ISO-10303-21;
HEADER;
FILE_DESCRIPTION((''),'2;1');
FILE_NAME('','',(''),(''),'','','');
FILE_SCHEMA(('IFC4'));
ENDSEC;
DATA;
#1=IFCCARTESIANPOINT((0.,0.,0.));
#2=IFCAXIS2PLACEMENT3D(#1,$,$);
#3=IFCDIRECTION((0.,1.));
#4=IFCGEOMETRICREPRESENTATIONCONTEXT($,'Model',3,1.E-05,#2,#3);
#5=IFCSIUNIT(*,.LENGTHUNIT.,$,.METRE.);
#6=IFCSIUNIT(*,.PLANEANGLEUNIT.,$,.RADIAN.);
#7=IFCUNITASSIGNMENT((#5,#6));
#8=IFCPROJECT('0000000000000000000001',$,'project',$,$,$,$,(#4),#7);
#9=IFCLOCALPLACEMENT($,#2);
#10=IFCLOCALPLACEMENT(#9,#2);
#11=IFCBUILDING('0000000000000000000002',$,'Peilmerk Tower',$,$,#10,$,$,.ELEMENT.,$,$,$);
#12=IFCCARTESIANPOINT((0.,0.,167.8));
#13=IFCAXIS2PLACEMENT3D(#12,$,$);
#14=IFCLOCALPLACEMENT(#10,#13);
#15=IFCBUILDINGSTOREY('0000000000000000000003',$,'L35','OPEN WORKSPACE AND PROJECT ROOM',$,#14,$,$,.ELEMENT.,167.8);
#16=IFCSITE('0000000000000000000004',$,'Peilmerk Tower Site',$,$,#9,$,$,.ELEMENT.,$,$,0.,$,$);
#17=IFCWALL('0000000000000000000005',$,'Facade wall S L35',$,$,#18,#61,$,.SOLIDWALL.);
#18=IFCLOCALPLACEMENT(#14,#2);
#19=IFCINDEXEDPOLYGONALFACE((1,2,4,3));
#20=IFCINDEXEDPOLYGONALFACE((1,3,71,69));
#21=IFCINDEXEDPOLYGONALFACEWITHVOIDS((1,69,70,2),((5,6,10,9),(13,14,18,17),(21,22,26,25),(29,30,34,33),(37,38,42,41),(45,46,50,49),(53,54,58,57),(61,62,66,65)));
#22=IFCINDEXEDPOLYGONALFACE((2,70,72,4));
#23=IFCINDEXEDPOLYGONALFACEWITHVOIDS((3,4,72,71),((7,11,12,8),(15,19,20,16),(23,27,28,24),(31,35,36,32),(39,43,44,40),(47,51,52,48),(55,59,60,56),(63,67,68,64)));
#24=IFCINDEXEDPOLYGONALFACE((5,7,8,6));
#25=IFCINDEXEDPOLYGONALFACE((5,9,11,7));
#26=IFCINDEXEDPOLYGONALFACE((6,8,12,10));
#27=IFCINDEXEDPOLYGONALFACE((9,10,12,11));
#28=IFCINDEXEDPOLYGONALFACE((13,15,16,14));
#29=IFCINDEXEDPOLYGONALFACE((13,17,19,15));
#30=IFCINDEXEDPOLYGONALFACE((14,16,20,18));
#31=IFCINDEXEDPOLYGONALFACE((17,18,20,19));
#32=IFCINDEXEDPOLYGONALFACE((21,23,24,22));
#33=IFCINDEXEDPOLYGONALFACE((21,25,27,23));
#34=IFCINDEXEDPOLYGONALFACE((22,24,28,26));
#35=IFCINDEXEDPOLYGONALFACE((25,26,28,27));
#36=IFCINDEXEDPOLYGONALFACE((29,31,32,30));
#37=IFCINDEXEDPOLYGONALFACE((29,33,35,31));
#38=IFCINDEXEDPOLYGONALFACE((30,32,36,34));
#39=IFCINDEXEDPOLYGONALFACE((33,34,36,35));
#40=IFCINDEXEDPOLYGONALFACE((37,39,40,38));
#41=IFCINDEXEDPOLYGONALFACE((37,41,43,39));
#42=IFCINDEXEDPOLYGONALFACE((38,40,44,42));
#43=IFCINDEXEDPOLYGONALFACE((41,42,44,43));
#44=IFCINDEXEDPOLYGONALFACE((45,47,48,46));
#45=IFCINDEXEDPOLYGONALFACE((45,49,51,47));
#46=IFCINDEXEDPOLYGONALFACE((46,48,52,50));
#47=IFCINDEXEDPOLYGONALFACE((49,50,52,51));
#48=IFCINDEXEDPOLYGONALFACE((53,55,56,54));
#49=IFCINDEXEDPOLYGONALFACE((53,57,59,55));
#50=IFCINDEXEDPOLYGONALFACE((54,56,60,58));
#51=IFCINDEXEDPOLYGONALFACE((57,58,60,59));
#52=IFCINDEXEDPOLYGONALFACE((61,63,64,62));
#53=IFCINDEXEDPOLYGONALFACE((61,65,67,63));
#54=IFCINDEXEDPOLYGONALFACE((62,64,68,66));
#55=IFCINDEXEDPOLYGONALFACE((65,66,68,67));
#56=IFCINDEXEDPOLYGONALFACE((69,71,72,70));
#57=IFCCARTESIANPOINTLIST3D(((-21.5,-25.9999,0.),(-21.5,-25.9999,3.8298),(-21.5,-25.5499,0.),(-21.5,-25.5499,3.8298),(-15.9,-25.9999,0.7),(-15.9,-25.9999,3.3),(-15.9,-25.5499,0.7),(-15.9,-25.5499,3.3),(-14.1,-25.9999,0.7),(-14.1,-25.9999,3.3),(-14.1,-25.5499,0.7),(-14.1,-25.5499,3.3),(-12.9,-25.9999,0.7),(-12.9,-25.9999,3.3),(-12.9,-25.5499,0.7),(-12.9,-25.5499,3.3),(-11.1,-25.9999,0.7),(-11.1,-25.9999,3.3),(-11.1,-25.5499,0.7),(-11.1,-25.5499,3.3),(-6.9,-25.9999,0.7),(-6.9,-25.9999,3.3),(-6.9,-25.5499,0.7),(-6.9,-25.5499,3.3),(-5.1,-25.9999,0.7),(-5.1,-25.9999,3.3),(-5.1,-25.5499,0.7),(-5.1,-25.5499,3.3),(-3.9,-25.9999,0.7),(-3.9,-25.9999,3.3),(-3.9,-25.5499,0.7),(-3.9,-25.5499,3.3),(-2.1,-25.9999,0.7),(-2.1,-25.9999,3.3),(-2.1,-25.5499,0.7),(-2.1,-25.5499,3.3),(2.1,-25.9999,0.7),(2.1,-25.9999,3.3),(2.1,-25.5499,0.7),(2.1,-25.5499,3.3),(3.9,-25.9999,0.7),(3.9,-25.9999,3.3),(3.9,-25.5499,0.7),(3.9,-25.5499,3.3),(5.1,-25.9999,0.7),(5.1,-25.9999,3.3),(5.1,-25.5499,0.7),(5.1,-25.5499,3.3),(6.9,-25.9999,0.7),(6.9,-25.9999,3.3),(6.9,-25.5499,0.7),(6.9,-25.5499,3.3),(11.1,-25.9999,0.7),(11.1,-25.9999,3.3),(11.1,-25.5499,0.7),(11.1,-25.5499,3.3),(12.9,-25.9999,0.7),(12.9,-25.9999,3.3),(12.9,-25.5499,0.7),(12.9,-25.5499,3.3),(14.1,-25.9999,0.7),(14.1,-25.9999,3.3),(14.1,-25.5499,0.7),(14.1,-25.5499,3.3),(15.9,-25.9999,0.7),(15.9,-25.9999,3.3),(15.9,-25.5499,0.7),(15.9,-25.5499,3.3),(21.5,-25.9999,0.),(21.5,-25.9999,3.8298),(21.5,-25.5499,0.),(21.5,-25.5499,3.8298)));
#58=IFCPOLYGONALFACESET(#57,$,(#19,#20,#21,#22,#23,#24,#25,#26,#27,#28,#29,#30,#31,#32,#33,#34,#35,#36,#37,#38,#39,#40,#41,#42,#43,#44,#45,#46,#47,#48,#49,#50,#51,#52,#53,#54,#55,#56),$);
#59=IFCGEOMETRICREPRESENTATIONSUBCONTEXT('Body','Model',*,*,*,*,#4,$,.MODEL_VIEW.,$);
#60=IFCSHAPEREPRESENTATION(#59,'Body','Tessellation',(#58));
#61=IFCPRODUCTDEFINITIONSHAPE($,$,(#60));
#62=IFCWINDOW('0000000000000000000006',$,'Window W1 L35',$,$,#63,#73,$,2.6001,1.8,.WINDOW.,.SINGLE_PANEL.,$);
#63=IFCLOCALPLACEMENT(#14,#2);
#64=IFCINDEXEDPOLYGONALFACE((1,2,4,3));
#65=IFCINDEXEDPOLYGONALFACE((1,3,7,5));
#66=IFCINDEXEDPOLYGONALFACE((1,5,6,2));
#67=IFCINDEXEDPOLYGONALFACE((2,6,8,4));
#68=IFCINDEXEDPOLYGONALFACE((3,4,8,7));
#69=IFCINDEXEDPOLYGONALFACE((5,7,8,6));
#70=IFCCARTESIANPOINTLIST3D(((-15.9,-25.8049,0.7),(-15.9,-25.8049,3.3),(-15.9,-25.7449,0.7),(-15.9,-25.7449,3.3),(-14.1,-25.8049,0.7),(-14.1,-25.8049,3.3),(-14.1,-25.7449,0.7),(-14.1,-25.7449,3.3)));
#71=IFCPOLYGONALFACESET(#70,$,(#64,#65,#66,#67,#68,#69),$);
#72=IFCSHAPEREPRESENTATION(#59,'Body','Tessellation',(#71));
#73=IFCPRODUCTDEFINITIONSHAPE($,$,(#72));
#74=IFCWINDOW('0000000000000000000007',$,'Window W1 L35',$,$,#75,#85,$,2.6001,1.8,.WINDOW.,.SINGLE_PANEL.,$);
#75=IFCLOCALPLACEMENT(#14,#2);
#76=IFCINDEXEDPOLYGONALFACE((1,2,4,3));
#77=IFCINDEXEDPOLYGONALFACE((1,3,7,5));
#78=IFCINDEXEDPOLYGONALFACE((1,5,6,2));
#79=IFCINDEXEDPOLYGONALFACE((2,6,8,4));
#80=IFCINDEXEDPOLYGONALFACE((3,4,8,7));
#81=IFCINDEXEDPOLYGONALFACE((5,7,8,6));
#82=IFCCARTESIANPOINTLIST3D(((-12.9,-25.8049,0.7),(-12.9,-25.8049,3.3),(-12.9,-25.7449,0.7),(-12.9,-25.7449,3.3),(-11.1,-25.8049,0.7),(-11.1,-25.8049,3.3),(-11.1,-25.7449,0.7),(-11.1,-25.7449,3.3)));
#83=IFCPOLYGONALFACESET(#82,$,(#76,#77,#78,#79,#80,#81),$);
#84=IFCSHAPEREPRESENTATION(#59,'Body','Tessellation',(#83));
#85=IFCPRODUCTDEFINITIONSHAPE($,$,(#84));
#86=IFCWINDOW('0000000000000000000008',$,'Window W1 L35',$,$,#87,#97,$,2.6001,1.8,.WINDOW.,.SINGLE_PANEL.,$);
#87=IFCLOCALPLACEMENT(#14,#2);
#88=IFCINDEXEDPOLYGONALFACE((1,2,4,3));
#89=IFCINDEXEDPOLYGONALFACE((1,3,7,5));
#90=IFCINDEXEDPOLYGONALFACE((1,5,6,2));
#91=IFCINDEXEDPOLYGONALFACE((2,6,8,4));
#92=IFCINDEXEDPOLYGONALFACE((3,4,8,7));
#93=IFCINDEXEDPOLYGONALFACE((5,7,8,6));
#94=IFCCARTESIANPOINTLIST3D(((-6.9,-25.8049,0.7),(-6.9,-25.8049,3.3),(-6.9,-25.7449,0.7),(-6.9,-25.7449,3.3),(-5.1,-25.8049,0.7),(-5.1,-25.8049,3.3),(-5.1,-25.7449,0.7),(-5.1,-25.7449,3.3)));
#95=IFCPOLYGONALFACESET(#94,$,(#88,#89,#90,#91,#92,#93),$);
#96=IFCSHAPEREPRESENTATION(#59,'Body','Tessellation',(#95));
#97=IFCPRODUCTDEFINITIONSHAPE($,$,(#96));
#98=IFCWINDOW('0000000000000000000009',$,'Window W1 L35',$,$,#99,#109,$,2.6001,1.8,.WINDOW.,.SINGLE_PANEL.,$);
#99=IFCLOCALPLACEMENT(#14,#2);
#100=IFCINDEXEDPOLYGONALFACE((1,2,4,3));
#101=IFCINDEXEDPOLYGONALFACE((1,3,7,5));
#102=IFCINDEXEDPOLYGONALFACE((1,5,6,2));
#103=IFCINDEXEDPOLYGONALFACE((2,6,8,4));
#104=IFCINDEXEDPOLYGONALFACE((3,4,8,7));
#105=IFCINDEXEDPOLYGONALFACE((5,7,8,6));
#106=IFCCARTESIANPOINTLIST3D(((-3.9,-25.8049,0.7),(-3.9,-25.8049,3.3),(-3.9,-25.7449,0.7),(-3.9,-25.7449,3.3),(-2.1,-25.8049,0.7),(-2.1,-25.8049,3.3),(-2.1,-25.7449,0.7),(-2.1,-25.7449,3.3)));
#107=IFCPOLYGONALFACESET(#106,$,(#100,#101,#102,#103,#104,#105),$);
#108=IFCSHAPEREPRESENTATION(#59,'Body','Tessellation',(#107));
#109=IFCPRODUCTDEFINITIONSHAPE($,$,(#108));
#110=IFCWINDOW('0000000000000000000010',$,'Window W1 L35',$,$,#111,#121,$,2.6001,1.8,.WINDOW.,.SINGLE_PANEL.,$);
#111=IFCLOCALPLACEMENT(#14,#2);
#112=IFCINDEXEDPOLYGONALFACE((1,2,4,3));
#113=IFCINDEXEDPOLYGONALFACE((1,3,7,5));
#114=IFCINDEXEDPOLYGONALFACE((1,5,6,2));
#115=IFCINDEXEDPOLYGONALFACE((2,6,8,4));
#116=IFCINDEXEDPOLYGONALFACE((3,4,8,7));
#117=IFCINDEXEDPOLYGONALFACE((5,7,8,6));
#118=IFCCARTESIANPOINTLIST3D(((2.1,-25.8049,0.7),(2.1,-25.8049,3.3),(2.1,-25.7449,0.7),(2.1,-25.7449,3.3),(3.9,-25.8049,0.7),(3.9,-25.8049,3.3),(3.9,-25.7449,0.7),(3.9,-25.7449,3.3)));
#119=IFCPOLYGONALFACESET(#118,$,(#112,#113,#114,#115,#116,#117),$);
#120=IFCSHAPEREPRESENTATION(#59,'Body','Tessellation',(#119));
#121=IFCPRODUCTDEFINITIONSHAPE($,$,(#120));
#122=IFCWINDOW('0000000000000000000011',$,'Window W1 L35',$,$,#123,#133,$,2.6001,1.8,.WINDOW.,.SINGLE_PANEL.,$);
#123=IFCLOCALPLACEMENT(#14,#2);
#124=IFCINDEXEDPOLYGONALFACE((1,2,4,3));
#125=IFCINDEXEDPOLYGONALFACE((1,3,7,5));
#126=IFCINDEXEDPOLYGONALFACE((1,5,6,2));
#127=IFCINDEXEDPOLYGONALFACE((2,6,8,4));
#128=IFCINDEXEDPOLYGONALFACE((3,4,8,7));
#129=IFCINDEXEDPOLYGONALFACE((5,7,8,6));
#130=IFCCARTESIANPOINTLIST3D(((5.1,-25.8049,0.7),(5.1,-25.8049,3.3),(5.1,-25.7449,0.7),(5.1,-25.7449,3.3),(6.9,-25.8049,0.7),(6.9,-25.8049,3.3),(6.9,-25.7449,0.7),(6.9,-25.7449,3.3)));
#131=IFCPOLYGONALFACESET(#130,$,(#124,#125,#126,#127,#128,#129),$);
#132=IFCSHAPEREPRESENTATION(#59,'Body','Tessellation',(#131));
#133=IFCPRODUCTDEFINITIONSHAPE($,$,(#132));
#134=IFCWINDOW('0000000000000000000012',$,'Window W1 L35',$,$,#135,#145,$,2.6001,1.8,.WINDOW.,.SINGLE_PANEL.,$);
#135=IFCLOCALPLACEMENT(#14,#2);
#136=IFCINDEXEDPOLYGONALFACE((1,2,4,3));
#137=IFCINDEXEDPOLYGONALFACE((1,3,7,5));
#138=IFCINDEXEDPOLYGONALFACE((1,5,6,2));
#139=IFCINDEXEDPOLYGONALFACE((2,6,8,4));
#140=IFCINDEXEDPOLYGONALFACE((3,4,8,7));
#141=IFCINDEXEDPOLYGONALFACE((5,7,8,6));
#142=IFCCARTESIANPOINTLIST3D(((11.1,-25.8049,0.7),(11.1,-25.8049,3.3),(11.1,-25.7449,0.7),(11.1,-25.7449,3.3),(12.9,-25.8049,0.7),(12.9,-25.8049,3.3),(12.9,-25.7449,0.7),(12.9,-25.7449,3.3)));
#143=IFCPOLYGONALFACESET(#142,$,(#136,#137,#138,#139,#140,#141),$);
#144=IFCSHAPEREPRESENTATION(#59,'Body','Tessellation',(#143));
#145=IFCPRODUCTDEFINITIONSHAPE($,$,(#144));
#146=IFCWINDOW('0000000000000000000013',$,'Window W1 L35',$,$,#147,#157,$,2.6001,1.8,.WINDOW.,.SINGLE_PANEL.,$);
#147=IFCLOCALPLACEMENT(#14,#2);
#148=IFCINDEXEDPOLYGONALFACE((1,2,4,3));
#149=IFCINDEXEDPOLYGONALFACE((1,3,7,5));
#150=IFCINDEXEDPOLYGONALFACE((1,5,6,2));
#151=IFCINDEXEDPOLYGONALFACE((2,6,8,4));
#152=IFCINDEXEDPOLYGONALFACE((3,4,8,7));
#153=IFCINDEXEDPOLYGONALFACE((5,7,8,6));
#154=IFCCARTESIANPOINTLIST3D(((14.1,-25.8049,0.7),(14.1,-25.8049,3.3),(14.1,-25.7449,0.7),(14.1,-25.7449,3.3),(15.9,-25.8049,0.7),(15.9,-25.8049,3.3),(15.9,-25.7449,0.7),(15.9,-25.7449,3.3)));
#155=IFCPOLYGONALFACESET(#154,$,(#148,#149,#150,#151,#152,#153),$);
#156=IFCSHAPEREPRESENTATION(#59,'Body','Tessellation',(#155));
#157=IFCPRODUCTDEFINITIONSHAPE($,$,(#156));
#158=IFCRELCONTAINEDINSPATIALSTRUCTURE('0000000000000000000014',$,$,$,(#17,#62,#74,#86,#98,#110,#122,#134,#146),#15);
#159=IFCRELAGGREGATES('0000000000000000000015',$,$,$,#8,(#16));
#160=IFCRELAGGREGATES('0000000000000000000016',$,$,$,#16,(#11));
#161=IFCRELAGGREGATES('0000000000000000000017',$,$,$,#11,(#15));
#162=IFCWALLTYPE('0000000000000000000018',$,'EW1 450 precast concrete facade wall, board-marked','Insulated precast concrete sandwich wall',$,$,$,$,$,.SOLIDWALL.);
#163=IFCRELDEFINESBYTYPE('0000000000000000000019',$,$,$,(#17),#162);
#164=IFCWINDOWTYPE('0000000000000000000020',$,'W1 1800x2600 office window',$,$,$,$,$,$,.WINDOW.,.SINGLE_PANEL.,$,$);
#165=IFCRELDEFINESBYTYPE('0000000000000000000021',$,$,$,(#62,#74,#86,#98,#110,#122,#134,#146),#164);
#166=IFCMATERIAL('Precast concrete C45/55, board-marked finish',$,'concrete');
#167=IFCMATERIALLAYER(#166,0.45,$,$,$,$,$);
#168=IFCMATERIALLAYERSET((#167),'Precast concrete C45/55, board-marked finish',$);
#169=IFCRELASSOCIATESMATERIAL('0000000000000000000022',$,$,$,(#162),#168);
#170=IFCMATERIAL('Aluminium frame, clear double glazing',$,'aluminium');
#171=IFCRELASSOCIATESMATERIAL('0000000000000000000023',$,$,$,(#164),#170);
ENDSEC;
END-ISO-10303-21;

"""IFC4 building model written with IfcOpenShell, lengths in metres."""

from ifc_helpers import new_model, si_unit, direction, frame, frame_2d, origin, place, context, subcontext, project, spatial, rectangle, extrude, material, layer, layer_set, type_object, element, fill, save


model = new_model("IFC4")

# Units and contexts
model_context = context("Model", 3, precision=1e-05, world=origin(), true_north=direction((0.0, 1.0)))
body_context = subcontext(model_context, "Body", "Model", "MODEL_VIEW")
ifc_project = project(units=[si_unit("LENGTHUNIT", "METRE"), si_unit("PLANEANGLEUNIT", "RADIAN")], contexts=[model_context])

# Site, building, storey
site_placement = place(None, origin())
site = spatial("IfcSite", under=ifc_project, at=site_placement, Name="Peilmerk Tower Site", CompositionType="ELEMENT", RefElevation=0.0)
building_placement = place(site_placement, origin())
building = spatial("IfcBuilding", under=site, at=building_placement, Name="Peilmerk Tower", CompositionType="ELEMENT")
storey_placement = place(building_placement, frame((0.0, 0.0, 167.8)))
storey = spatial("IfcBuildingStorey", under=building, at=storey_placement, Name="L35", Description="OPEN WORKSPACE AND PROJECT ROOM", CompositionType="ELEMENT", Elevation=167.8)

# Wall, openings, windows
ifc_material_1 = material(Name="Precast concrete C45/55, board-marked finish", Category="concrete")
ifc_layer_1 = layer(ifc_material_1, 0.45)
ifc_layer_set_1 = layer_set([ifc_layer_1], Name="Precast concrete C45/55, board-marked finish")
wall_type = type_object("IfcWallType", Name="EW1 450 precast concrete facade wall, board-marked", Description="Insulated precast concrete sandwich wall", PredefinedType="SOLIDWALL", material=ifc_layer_set_1)
wall_placement = place(storey_placement, frame((-21.5, -25.7749, 0.0), z_axis=(0.0, 0.0, 1.0), x_axis=(1.0, 0.0, 0.0)))
wall = element("IfcWall", 1, at=wall_placement, inside=storey, type_object=wall_type, Name="Facade wall S L35", PredefinedType="SOLIDWALL", context=body_context, shape_type="SweptSolid", body=[
    extrude(rectangle(XDim=43.0, YDim=0.45, at=frame_2d((21.5, 0.0))), origin(), (0.0, 0.0, 1.0), 3.8298),
])
opening_1_placement = place(wall_placement, frame((5.6001, 0.0, 0.7)))
opening_1 = element("IfcOpeningElement", 2, at=opening_1_placement, cuts=wall, PredefinedType="OPENING", context=body_context, shape_type="SweptSolid", body=[
    extrude(rectangle(XDim=1.8, YDim=2.6001, at=frame_2d((0.8999, 1.3))), frame((0.0, 0.2349, 0.0), z_axis=(0.0, -1.0, 0.0), x_axis=(1.0, 0.0, 0.0)), (0.0, 0.0, 1.0), 0.47),
])
opening_2_placement = place(wall_placement, frame((8.6001, 0.0, 0.7)))
opening_2 = element("IfcOpeningElement", 3, at=opening_2_placement, cuts=wall, PredefinedType="OPENING", context=body_context, shape_type="SweptSolid", body=[
    extrude(rectangle(XDim=1.8, YDim=2.6001, at=frame_2d((0.8999, 1.3))), frame((0.0, 0.2349, 0.0), z_axis=(0.0, -1.0, 0.0), x_axis=(1.0, 0.0, 0.0)), (0.0, 0.0, 1.0), 0.47),
])
opening_3_placement = place(wall_placement, frame((14.6001, 0.0, 0.7)))
opening_3 = element("IfcOpeningElement", 4, at=opening_3_placement, cuts=wall, PredefinedType="OPENING", context=body_context, shape_type="SweptSolid", body=[
    extrude(rectangle(XDim=1.8, YDim=2.6001, at=frame_2d((0.8999, 1.3))), frame((0.0, 0.2349, 0.0), z_axis=(0.0, -1.0, 0.0), x_axis=(1.0, 0.0, 0.0)), (0.0, 0.0, 1.0), 0.47),
])
opening_4_placement = place(wall_placement, frame((17.6001, 0.0, 0.7)))
opening_4 = element("IfcOpeningElement", 5, at=opening_4_placement, cuts=wall, PredefinedType="OPENING", context=body_context, shape_type="SweptSolid", body=[
    extrude(rectangle(XDim=1.8, YDim=2.6001, at=frame_2d((0.8999, 1.3))), frame((0.0, 0.2349, 0.0), z_axis=(0.0, -1.0, 0.0), x_axis=(1.0, 0.0, 0.0)), (0.0, 0.0, 1.0), 0.47),
])
opening_5_placement = place(wall_placement, frame((23.6001, 0.0, 0.7)))
opening_5 = element("IfcOpeningElement", 6, at=opening_5_placement, cuts=wall, PredefinedType="OPENING", context=body_context, shape_type="SweptSolid", body=[
    extrude(rectangle(XDim=1.8, YDim=2.6001, at=frame_2d((0.8999, 1.3))), frame((0.0, 0.2349, 0.0), z_axis=(0.0, -1.0, 0.0), x_axis=(1.0, 0.0, 0.0)), (0.0, 0.0, 1.0), 0.47),
])
opening_6_placement = place(wall_placement, frame((26.6001, 0.0, 0.7)))
opening_6 = element("IfcOpeningElement", 7, at=opening_6_placement, cuts=wall, PredefinedType="OPENING", context=body_context, shape_type="SweptSolid", body=[
    extrude(rectangle(XDim=1.8, YDim=2.6001, at=frame_2d((0.8999, 1.3))), frame((0.0, 0.2349, 0.0), z_axis=(0.0, -1.0, 0.0), x_axis=(1.0, 0.0, 0.0)), (0.0, 0.0, 1.0), 0.47),
])
opening_7_placement = place(wall_placement, frame((32.6001, 0.0, 0.7)))
opening_7 = element("IfcOpeningElement", 8, at=opening_7_placement, cuts=wall, PredefinedType="OPENING", context=body_context, shape_type="SweptSolid", body=[
    extrude(rectangle(XDim=1.8, YDim=2.6001, at=frame_2d((0.8999, 1.3))), frame((0.0, 0.2349, 0.0), z_axis=(0.0, -1.0, 0.0), x_axis=(1.0, 0.0, 0.0)), (0.0, 0.0, 1.0), 0.47),
])
opening_8_placement = place(wall_placement, frame((35.6001, 0.0, 0.7)))
opening_8 = element("IfcOpeningElement", 9, at=opening_8_placement, cuts=wall, PredefinedType="OPENING", context=body_context, shape_type="SweptSolid", body=[
    extrude(rectangle(XDim=1.8, YDim=2.6001, at=frame_2d((0.8999, 1.3))), frame((0.0, 0.2349, 0.0), z_axis=(0.0, -1.0, 0.0), x_axis=(1.0, 0.0, 0.0)), (0.0, 0.0, 1.0), 0.47),
])
ifc_material_2 = material(Name="Aluminium frame, clear double glazing", Category="aluminium")
window_type = type_object("IfcWindowType", Name="W1 1800x2600 office window", PartitioningType="SINGLE_PANEL", PredefinedType="WINDOW", material=ifc_material_2)
window_1_placement = place(opening_1_placement, origin())
window_1 = element("IfcWindow", 10, at=window_1_placement, inside=storey, type_object=window_type, Name="Window W1 L35", OverallHeight=2.6001, OverallWidth=1.8, PartitioningType="SINGLE_PANEL", PredefinedType="WINDOW", context=body_context, shape_type="SweptSolid", body=[
    extrude(rectangle(XDim=1.8, YDim=2.6001, at=frame_2d((0.8999, 1.3))), frame((0.0, 0.03, 0.0), z_axis=(0.0, -1.0, 0.0), x_axis=(1.0, 0.0, 0.0)), (0.0, 0.0, 1.0), 0.0601),
])
fill(opening_1, window_1)
window_2_placement = place(opening_2_placement, origin())
window_2 = element("IfcWindow", 11, at=window_2_placement, inside=storey, type_object=window_type, Name="Window W1 L35", OverallHeight=2.6001, OverallWidth=1.8, PartitioningType="SINGLE_PANEL", PredefinedType="WINDOW", context=body_context, shape_type="SweptSolid", body=[
    extrude(rectangle(XDim=1.8, YDim=2.6001, at=frame_2d((0.8999, 1.3))), frame((0.0, 0.03, 0.0), z_axis=(0.0, -1.0, 0.0), x_axis=(1.0, 0.0, 0.0)), (0.0, 0.0, 1.0), 0.0601),
])
fill(opening_2, window_2)
window_3_placement = place(opening_3_placement, origin())
window_3 = element("IfcWindow", 12, at=window_3_placement, inside=storey, type_object=window_type, Name="Window W1 L35", OverallHeight=2.6001, OverallWidth=1.8, PartitioningType="SINGLE_PANEL", PredefinedType="WINDOW", context=body_context, shape_type="SweptSolid", body=[
    extrude(rectangle(XDim=1.8, YDim=2.6001, at=frame_2d((0.8999, 1.3))), frame((0.0, 0.03, 0.0), z_axis=(0.0, -1.0, 0.0), x_axis=(1.0, 0.0, 0.0)), (0.0, 0.0, 1.0), 0.0601),
])
fill(opening_3, window_3)
window_4_placement = place(opening_4_placement, origin())
window_4 = element("IfcWindow", 13, at=window_4_placement, inside=storey, type_object=window_type, Name="Window W1 L35", OverallHeight=2.6001, OverallWidth=1.8, PartitioningType="SINGLE_PANEL", PredefinedType="WINDOW", context=body_context, shape_type="SweptSolid", body=[
    extrude(rectangle(XDim=1.8, YDim=2.6001, at=frame_2d((0.8999, 1.3))), frame((0.0, 0.03, 0.0), z_axis=(0.0, -1.0, 0.0), x_axis=(1.0, 0.0, 0.0)), (0.0, 0.0, 1.0), 0.0601),
])
fill(opening_4, window_4)
window_5_placement = place(opening_5_placement, origin())
window_5 = element("IfcWindow", 14, at=window_5_placement, inside=storey, type_object=window_type, Name="Window W1 L35", OverallHeight=2.6001, OverallWidth=1.8, PartitioningType="SINGLE_PANEL", PredefinedType="WINDOW", context=body_context, shape_type="SweptSolid", body=[
    extrude(rectangle(XDim=1.8, YDim=2.6001, at=frame_2d((0.8999, 1.3))), frame((0.0, 0.03, 0.0), z_axis=(0.0, -1.0, 0.0), x_axis=(1.0, 0.0, 0.0)), (0.0, 0.0, 1.0), 0.0601),
])
fill(opening_5, window_5)
window_6_placement = place(opening_6_placement, origin())
window_6 = element("IfcWindow", 15, at=window_6_placement, inside=storey, type_object=window_type, Name="Window W1 L35", OverallHeight=2.6001, OverallWidth=1.8, PartitioningType="SINGLE_PANEL", PredefinedType="WINDOW", context=body_context, shape_type="SweptSolid", body=[
    extrude(rectangle(XDim=1.8, YDim=2.6001, at=frame_2d((0.8999, 1.3))), frame((0.0, 0.03, 0.0), z_axis=(0.0, -1.0, 0.0), x_axis=(1.0, 0.0, 0.0)), (0.0, 0.0, 1.0), 0.0601),
])
fill(opening_6, window_6)
window_7_placement = place(opening_7_placement, origin())
window_7 = element("IfcWindow", 16, at=window_7_placement, inside=storey, type_object=window_type, Name="Window W1 L35", OverallHeight=2.6001, OverallWidth=1.8, PartitioningType="SINGLE_PANEL", PredefinedType="WINDOW", context=body_context, shape_type="SweptSolid", body=[
    extrude(rectangle(XDim=1.8, YDim=2.6001, at=frame_2d((0.8999, 1.3))), frame((0.0, 0.03, 0.0), z_axis=(0.0, -1.0, 0.0), x_axis=(1.0, 0.0, 0.0)), (0.0, 0.0, 1.0), 0.0601),
])
fill(opening_7, window_7)
window_8_placement = place(opening_8_placement, origin())
window_8 = element("IfcWindow", 17, at=window_8_placement, inside=storey, type_object=window_type, Name="Window W1 L35", OverallHeight=2.6001, OverallWidth=1.8, PartitioningType="SINGLE_PANEL", PredefinedType="WINDOW", context=body_context, shape_type="SweptSolid", body=[
    extrude(rectangle(XDim=1.8, YDim=2.6001, at=frame_2d((0.8999, 1.3))), frame((0.0, 0.03, 0.0), z_axis=(0.0, -1.0, 0.0), x_axis=(1.0, 0.0, 0.0)), (0.0, 0.0, 1.0), 0.0601),
])
fill(opening_8, window_8)

save(model, "model.ifc")
